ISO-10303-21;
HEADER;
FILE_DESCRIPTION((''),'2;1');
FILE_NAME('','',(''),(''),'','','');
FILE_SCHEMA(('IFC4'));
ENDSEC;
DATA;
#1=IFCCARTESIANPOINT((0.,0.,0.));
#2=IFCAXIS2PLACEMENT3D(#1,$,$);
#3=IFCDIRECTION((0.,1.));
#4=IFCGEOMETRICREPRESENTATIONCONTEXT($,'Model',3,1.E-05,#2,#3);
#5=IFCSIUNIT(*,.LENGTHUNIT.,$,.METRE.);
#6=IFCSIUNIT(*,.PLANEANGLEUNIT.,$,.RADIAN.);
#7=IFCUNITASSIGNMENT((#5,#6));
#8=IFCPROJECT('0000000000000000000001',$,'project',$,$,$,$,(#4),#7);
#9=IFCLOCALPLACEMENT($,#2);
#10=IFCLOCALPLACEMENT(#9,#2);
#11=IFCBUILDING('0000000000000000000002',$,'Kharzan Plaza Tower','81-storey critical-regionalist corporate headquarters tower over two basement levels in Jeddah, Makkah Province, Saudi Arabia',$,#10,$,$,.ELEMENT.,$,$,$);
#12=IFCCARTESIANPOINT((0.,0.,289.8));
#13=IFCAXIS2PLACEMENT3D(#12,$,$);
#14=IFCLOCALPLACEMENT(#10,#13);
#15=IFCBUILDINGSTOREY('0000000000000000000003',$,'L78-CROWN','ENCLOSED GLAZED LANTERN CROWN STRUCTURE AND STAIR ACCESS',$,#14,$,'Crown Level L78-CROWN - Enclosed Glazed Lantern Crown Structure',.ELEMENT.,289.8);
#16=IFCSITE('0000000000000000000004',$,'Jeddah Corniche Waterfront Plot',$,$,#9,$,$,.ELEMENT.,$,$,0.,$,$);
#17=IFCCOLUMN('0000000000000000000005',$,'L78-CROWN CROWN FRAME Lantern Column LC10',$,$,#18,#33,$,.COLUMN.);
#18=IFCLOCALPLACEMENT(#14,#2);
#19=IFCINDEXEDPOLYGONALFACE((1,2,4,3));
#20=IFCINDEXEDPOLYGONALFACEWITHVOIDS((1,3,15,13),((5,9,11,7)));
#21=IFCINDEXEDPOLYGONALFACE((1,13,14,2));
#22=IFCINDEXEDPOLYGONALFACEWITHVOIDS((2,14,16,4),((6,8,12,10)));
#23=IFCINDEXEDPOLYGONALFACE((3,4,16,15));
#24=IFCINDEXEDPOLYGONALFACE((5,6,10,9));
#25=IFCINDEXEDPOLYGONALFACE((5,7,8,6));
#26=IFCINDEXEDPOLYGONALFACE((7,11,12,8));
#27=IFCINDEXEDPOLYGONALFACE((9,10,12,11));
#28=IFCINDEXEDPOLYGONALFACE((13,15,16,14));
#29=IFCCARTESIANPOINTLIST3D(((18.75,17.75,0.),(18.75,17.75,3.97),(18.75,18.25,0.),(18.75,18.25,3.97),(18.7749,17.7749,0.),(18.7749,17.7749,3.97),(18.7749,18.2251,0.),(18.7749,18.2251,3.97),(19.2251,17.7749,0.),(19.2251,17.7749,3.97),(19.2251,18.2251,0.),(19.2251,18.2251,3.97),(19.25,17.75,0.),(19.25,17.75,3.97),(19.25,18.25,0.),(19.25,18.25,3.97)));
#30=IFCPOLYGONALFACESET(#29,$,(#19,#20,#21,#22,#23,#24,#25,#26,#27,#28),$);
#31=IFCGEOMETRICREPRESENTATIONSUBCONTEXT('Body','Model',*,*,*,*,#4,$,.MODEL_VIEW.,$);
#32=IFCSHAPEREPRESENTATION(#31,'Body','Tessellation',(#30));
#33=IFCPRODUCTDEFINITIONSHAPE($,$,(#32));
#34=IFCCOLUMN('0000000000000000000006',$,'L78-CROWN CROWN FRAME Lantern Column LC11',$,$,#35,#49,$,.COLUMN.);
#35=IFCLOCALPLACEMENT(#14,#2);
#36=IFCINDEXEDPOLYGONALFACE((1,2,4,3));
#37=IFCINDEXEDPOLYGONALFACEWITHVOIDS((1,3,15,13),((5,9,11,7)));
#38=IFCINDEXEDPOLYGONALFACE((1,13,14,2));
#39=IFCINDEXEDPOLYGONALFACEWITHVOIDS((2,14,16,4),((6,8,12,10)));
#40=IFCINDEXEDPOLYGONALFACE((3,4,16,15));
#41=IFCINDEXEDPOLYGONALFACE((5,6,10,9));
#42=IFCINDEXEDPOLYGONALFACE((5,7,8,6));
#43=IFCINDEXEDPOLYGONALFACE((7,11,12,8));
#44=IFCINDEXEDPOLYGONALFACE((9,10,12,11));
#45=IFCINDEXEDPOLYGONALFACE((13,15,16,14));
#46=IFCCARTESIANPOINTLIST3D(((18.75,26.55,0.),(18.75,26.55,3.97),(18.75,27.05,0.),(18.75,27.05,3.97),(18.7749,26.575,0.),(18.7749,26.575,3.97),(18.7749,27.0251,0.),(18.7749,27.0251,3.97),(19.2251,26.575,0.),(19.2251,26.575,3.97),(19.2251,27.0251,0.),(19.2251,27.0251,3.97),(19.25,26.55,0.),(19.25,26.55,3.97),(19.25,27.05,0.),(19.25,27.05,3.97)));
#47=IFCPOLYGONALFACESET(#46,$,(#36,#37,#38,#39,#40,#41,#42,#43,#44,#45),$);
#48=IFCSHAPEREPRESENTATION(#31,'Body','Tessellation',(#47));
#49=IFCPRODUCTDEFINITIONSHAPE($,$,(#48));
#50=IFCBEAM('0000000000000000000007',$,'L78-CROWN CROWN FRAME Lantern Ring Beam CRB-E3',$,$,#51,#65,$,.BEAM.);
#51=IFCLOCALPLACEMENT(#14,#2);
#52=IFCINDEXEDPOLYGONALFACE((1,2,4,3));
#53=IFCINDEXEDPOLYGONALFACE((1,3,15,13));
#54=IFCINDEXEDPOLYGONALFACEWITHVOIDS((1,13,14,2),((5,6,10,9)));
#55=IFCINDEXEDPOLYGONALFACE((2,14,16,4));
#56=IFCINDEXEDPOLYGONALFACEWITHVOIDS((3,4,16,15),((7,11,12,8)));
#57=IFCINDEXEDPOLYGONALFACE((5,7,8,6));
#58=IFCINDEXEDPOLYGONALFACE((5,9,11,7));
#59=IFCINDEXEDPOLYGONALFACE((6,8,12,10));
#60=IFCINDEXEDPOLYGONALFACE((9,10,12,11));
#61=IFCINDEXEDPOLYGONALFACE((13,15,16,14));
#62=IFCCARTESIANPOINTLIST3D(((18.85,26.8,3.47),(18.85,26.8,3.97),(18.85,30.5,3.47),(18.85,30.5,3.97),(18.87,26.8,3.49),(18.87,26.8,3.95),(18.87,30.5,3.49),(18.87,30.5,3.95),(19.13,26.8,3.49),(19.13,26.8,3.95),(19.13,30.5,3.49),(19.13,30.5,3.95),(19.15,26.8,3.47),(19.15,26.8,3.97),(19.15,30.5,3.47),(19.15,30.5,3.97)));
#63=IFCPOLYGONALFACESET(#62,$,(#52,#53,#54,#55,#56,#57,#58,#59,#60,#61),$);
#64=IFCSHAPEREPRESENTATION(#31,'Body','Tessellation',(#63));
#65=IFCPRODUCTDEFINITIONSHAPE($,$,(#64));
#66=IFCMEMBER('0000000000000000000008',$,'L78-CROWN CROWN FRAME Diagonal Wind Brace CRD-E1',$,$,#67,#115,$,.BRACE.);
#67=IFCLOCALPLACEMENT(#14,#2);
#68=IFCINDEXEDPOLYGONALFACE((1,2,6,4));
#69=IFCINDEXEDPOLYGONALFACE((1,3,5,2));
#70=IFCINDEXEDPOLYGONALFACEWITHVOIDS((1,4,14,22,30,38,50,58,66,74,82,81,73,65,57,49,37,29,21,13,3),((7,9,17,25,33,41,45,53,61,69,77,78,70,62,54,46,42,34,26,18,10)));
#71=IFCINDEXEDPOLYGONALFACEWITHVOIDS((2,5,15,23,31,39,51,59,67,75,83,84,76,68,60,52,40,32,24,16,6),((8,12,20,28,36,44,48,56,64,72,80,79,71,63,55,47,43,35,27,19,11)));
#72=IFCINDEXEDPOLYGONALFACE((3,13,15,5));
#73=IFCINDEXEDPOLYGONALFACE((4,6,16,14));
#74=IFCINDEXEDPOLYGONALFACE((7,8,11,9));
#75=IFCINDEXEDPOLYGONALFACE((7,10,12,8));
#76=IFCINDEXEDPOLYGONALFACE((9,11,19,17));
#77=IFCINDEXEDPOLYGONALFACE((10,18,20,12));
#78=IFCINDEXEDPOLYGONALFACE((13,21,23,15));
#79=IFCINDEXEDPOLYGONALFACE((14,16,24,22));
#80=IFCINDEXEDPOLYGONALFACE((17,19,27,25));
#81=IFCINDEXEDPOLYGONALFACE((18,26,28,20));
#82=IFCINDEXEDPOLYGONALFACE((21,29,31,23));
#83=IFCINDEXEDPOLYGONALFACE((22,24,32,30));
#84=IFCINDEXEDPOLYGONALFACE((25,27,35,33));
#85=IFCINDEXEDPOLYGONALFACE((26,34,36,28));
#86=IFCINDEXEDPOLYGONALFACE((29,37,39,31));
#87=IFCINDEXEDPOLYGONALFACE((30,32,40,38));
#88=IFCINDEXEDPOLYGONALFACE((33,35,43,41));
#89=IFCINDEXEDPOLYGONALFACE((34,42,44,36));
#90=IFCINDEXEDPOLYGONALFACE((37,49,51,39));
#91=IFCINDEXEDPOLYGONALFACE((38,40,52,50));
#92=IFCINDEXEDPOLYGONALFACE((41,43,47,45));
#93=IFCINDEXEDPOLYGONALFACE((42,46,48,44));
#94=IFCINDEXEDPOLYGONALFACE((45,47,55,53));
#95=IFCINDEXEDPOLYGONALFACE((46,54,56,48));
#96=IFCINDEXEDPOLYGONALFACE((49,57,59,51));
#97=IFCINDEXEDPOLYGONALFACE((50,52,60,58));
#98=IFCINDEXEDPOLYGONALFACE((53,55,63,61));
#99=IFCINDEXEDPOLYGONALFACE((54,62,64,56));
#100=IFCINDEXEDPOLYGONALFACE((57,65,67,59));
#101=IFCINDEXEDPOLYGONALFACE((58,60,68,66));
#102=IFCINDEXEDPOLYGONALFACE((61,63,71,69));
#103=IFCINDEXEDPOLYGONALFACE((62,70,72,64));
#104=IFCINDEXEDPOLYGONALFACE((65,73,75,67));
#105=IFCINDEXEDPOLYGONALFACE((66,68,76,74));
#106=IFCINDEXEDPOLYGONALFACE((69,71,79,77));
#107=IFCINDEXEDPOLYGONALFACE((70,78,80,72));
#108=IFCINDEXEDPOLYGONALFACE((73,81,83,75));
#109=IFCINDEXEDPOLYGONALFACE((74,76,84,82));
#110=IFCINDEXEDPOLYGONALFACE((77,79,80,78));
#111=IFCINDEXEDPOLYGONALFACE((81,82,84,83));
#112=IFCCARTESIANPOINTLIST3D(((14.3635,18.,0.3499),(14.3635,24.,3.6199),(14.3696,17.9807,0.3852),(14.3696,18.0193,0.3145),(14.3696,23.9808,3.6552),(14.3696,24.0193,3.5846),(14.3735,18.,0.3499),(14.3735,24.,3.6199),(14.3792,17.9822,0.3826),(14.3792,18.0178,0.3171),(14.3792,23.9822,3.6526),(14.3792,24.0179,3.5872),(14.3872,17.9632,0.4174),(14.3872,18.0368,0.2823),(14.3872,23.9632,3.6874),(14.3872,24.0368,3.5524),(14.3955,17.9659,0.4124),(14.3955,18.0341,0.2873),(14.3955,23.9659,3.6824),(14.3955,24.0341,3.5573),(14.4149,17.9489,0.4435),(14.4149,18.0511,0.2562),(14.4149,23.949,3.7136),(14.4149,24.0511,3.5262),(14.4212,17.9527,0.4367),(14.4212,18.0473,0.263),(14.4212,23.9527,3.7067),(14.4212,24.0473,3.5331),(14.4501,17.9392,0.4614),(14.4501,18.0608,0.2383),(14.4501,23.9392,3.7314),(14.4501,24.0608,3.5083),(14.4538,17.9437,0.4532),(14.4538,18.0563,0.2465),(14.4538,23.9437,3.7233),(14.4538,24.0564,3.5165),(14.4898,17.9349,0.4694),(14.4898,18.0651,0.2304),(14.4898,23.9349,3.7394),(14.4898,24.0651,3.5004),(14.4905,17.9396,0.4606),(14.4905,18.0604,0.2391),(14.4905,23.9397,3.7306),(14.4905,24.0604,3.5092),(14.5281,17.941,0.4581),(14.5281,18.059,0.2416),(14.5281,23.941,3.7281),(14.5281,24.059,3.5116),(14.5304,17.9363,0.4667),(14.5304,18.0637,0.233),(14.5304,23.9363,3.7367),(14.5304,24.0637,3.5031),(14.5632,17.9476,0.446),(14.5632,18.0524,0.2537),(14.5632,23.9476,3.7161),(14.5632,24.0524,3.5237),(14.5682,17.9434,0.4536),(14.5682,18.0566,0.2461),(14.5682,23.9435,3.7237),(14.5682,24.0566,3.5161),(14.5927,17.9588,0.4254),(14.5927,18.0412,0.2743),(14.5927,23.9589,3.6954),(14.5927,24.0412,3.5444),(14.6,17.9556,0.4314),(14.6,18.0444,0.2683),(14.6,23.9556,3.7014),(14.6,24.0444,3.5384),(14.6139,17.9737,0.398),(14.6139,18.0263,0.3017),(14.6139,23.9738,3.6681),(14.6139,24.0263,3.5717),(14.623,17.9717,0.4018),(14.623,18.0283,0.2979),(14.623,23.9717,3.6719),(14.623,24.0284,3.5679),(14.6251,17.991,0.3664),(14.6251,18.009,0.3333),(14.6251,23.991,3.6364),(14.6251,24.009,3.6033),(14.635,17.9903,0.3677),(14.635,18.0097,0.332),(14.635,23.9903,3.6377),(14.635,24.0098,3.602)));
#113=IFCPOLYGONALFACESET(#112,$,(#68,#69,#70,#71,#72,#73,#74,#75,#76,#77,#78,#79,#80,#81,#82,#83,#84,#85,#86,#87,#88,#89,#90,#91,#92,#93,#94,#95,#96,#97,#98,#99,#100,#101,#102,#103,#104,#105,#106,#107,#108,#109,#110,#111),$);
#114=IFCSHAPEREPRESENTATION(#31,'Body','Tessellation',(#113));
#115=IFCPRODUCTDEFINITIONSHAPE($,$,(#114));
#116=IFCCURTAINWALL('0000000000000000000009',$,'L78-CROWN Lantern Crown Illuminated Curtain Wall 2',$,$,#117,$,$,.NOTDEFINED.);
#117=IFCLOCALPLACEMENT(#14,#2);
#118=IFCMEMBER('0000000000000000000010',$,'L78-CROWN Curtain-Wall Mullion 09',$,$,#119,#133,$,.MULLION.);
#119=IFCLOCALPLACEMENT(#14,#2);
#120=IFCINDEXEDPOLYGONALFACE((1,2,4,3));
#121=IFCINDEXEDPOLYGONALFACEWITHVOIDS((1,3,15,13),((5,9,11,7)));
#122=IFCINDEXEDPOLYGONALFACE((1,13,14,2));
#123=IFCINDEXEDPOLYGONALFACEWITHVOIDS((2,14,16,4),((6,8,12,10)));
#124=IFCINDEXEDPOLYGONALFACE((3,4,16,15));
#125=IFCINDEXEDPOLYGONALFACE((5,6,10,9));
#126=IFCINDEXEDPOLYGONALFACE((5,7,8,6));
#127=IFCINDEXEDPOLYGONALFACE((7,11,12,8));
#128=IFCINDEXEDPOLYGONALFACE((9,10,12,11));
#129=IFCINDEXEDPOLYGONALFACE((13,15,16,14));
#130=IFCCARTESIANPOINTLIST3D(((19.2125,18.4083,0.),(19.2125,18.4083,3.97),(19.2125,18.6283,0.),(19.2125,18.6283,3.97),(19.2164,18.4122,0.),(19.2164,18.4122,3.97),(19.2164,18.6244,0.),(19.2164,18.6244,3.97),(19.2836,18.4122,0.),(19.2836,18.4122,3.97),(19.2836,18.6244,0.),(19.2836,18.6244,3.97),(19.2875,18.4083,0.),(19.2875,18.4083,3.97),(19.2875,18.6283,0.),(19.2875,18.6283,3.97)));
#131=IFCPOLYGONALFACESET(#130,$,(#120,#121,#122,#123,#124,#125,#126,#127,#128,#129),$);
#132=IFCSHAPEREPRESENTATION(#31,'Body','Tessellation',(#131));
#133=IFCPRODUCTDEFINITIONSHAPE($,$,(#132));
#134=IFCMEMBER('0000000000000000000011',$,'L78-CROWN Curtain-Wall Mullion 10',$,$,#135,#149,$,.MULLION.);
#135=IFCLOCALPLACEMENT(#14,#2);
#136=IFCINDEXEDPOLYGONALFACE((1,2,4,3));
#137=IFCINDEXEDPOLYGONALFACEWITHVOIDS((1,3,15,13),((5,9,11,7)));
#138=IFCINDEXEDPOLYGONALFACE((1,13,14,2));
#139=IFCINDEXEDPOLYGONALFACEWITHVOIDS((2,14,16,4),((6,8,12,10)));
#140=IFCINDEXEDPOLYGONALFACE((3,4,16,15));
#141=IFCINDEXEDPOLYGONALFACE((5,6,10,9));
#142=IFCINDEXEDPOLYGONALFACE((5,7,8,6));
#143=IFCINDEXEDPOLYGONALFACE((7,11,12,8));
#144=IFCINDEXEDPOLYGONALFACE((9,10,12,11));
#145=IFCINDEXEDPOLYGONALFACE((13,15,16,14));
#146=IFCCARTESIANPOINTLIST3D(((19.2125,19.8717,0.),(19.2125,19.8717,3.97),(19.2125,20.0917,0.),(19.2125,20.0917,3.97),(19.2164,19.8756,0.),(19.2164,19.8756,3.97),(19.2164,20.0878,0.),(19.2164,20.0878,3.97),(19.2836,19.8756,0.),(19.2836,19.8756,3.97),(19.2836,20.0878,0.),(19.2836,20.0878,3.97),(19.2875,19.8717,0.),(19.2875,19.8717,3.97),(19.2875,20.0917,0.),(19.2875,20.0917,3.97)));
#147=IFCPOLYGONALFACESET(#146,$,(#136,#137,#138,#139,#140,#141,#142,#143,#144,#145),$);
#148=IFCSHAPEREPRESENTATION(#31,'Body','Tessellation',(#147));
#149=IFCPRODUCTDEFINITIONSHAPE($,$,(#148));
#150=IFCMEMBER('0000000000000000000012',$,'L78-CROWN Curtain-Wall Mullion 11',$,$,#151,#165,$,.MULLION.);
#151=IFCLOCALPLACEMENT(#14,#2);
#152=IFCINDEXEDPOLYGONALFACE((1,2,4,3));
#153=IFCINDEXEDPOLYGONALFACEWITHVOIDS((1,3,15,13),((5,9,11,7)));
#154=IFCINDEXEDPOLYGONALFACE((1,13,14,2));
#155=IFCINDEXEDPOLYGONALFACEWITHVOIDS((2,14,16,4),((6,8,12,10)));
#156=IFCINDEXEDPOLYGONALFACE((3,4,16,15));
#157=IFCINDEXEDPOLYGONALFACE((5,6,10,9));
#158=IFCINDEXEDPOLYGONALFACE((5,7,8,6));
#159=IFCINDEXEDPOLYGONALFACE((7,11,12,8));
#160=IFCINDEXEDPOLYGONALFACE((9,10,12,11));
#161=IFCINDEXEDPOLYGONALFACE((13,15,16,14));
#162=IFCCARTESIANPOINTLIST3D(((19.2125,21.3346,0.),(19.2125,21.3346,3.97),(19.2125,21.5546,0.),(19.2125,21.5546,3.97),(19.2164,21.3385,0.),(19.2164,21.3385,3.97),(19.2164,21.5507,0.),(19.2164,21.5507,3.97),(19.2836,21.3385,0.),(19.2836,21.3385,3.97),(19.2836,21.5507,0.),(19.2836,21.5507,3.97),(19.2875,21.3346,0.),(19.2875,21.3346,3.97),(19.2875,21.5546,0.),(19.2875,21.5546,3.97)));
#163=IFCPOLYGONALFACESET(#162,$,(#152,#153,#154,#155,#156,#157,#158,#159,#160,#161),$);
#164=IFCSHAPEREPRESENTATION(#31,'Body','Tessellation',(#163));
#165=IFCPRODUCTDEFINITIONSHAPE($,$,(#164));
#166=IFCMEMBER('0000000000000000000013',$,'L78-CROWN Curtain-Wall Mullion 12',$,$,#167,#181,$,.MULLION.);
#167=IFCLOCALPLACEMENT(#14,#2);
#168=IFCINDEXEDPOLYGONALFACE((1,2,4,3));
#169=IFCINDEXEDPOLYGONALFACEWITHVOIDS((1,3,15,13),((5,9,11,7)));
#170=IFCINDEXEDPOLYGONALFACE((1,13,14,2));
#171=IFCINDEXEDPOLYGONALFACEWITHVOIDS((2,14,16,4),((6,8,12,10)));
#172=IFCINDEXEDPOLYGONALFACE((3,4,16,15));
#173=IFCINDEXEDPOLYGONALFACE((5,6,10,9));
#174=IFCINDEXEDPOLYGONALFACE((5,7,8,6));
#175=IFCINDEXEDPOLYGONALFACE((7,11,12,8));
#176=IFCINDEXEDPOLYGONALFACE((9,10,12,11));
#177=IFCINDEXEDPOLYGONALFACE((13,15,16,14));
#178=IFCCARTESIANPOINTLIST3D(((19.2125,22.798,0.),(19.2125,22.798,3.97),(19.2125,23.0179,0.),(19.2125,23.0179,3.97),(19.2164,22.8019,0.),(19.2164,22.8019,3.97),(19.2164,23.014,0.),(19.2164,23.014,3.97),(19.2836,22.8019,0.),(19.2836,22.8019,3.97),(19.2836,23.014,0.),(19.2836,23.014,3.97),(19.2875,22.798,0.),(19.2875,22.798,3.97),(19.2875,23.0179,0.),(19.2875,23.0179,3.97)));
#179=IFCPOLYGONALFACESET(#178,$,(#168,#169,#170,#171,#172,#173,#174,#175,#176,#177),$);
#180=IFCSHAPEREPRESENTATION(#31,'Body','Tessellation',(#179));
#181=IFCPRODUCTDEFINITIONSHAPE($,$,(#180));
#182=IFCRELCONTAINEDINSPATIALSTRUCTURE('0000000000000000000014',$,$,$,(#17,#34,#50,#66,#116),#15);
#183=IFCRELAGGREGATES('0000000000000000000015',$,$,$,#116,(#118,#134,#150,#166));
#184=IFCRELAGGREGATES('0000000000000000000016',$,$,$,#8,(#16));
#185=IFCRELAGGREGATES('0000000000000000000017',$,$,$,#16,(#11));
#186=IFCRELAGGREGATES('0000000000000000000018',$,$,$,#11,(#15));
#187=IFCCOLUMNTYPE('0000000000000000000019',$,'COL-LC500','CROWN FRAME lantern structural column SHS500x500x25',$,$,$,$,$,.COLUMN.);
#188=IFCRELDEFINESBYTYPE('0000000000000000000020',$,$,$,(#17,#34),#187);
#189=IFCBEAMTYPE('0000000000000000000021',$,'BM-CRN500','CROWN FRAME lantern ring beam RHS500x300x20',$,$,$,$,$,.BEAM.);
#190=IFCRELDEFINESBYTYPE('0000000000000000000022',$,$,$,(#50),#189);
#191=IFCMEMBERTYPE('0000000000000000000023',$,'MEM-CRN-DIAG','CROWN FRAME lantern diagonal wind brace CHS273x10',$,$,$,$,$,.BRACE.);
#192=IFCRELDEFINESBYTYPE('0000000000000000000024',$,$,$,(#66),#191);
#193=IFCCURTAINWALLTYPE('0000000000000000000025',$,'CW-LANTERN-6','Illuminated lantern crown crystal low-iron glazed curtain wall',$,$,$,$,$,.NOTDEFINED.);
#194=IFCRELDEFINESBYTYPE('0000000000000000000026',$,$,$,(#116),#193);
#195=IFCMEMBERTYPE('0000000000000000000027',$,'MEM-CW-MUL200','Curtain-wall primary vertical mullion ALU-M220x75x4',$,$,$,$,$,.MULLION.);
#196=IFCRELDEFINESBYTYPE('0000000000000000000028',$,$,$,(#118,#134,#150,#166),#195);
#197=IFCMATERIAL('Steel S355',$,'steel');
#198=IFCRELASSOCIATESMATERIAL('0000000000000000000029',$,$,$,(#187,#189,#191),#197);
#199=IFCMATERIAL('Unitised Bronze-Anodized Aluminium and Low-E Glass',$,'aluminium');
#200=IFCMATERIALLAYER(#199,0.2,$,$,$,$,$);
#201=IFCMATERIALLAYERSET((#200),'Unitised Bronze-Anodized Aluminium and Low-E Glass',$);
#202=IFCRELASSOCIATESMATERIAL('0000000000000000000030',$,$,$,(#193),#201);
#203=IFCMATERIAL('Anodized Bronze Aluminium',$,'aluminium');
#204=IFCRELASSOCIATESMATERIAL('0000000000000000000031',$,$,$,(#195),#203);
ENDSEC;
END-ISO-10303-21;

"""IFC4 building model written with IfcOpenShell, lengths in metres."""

from ifc_helpers import new_model, si_unit, direction, frame, origin, origin_2d, place, context, subcontext, project, spatial, hollow_rectangle, hollow_circle, extrude, source, transform, mapped, material, layer, layer_set, material_profile, profile_set, type_object, element, aggregate, save


model = new_model("IFC4")

# Units and contexts
model_context = context("Model", 3, precision=1e-05, world=origin(), true_north=direction((0.0, 1.0)))
body_context = subcontext(model_context, "Body", "Model", "MODEL_VIEW")
ifc_project = project(units=[si_unit("LENGTHUNIT", "METRE"), si_unit("PLANEANGLEUNIT", "RADIAN")], contexts=[model_context])

# Site, building, storey
site_placement = place(None, origin())
site = spatial("IfcSite", under=ifc_project, at=site_placement, Name="Jeddah Corniche Waterfront Plot", CompositionType="ELEMENT", RefElevation=0.0)
building_placement = place(site_placement, origin())
building = spatial("IfcBuilding", under=site, at=building_placement, Name="Kharzan Plaza Tower", Description="81-storey critical-regionalist corporate headquarters tower over two basement levels in Jeddah, Makkah Province, Saudi Arabia", CompositionType="ELEMENT")
storey_placement = place(building_placement, frame((0.0, 0.0, 289.8)))
storey = spatial("IfcBuildingStorey", under=building, at=storey_placement, Name="L78-CROWN", Description="ENCLOSED GLAZED LANTERN CROWN STRUCTURE AND STAIR ACCESS", LongName="Crown Level L78-CROWN - Enclosed Glazed Lantern Crown Structure", CompositionType="ELEMENT", Elevation=289.8)

# Columns
ifc_material_1 = material(Name="Steel S355", Category="steel")
ifc_material_profile_1 = material_profile(ifc_material_1, hollow_rectangle(XDim=0.5, YDim=0.5, WallThickness=0.0249, at=origin_2d()), Name="SHS500x500x25")
ifc_profile_set_1 = profile_set([ifc_material_profile_1], Name="Steel S355")
column_type = type_object("IfcColumnType", Name="COL-LC500", Description="CROWN FRAME lantern structural column SHS500x500x25", PredefinedType="COLUMN", material=ifc_profile_set_1)
shared_shape_1 = source(origin(), body_context, "Body", "SweptSolid", [
    extrude(hollow_rectangle(XDim=0.5, YDim=0.5, WallThickness=0.0249, at=origin_2d()), origin(), (0.0, 0.0, 1.0), 3.97),
])
for number, where, z_axis, x_axis, name in (
    (1, (19.0, 18.0, 0.0), (0.0, 0.0, 1.0), (1.0, 0.0, 0.0), "L78-CROWN CROWN FRAME Lantern Column LC10"),
    (2, (19.0, 26.8, 0.0), (0.0, 0.0, 1.0), (1.0, 0.0, 0.0), "L78-CROWN CROWN FRAME Lantern Column LC11"),
):
    element("IfcColumn", number, at=place(storey_placement, frame(where, z_axis=z_axis, x_axis=x_axis)), inside=storey, type_object=column_type, Name=name, PredefinedType="COLUMN", context=body_context, shape_type="MappedRepresentation", body=[
        mapped(shared_shape_1, transform((0.0, 0.0, 0.0), x_axis=(1.0, 0.0, 0.0), y_axis=(0.0, 1.0, 0.0), z_axis=(0.0, 0.0, 1.0))),
    ])

# Beam
ifc_material_profile_2 = material_profile(ifc_material_1, hollow_rectangle(XDim=0.3, YDim=0.5, WallThickness=0.02, at=origin_2d()), Name="RHS500x300x20")
ifc_profile_set_2 = profile_set([ifc_material_profile_2], Name="Steel S355")
beam_type = type_object("IfcBeamType", Name="BM-CRN500", Description="CROWN FRAME lantern ring beam RHS500x300x20", PredefinedType="BEAM", material=ifc_profile_set_2)
shared_shape_2 = source(origin(), body_context, "Body", "SweptSolid", [
    extrude(hollow_rectangle(XDim=0.3, YDim=0.5, WallThickness=0.02, at=origin_2d()), origin(), (0.0, 0.0, 1.0), 3.7),
])
beam_placement = place(storey_placement, frame((19.0, 26.8, 3.72), z_axis=(0.0, 1.0, 0.0), x_axis=(-1.0, 0.0, 0.0)))
element("IfcBeam", 3, at=beam_placement, inside=storey, type_object=beam_type, Name="L78-CROWN CROWN FRAME Lantern Ring Beam CRB-E3", PredefinedType="BEAM", context=body_context, shape_type="MappedRepresentation", body=[
    mapped(shared_shape_2, transform((0.0, 0.0, 0.0), x_axis=(1.0, 0.0, 0.0), y_axis=(0.0, 1.0, 0.0), z_axis=(0.0, 0.0, 1.0))),
])

# Member
ifc_material_profile_3 = material_profile(ifc_material_1, hollow_circle(Radius=0.1365, WallThickness=0.01, at=origin_2d()), Name="CHS273x10")
ifc_profile_set_3 = profile_set([ifc_material_profile_3], Name="Steel S355")
member_type_1 = type_object("IfcMemberType", Name="MEM-CRN-DIAG", Description="CROWN FRAME lantern diagonal wind brace CHS273x10", PredefinedType="BRACE", material=ifc_profile_set_3)
shared_shape_3 = source(origin(), body_context, "Body", "SweptSolid", [
    extrude(hollow_circle(Radius=0.1365, WallThickness=0.01, at=origin_2d()), origin(), (0.0, 0.0, 1.0), 6.8333),
])
member_1_placement = place(storey_placement, frame((14.5, 18.0, 0.3499), z_axis=(0.0, 0.878062, 0.478547), x_axis=(-1.0, 0.0, 0.0)))
element("IfcMember", 4, at=member_1_placement, inside=storey, type_object=member_type_1, Name="L78-CROWN CROWN FRAME Diagonal Wind Brace CRD-E1", PredefinedType="BRACE", context=body_context, shape_type="MappedRepresentation", body=[
    mapped(shared_shape_3, transform((0.0, 0.0, 0.0), x_axis=(1.0, 0.0, 0.0), y_axis=(0.0, 1.0, 0.0), z_axis=(0.0, 0.0, 1.0))),
])

# Curtain wall, members
ifc_material_2 = material(Name="Unitised Bronze-Anodized Aluminium and Low-E Glass", Category="aluminium")
ifc_layer_1 = layer(ifc_material_2, 0.2)
ifc_layer_set_1 = layer_set([ifc_layer_1], Name="Unitised Bronze-Anodized Aluminium and Low-E Glass")
curtain_wall_type = type_object("IfcCurtainWallType", Name="CW-LANTERN-6", Description="Illuminated lantern crown crystal low-iron glazed curtain wall", PredefinedType="NOTDEFINED", material=ifc_layer_set_1)
curtain_wall_placement = place(storey_placement, origin())
curtain_wall = element("IfcCurtainWall", 5, at=curtain_wall_placement, inside=storey, type_object=curtain_wall_type, Name="L78-CROWN Lantern Crown Illuminated Curtain Wall 2", PredefinedType="NOTDEFINED")
ifc_material_3 = material(Name="Anodized Bronze Aluminium", Category="aluminium")
ifc_material_profile_4 = material_profile(ifc_material_3, hollow_rectangle(XDim=0.075, YDim=0.22, WallThickness=0.0039, at=origin_2d()), Name="ALU-M220x75x4")
ifc_profile_set_4 = profile_set([ifc_material_profile_4], Name="Anodized Bronze Aluminium")
member_type_2 = type_object("IfcMemberType", Name="MEM-CW-MUL200", Description="Curtain-wall primary vertical mullion ALU-M220x75x4", PredefinedType="MULLION", material=ifc_profile_set_4)
shared_shape_4 = source(origin(), body_context, "Body", "SweptSolid", [
    extrude(hollow_rectangle(XDim=0.075, YDim=0.22, WallThickness=0.0039, at=origin_2d()), origin(), (0.0, 0.0, 1.0), 3.97),
])
member_2_placement = place(storey_placement, frame((19.25, 18.5183, 0.0), z_axis=(0.0, 0.0, 1.0), x_axis=(1.0, 0.0, 0.0)))
member_2 = element("IfcMember", 6, at=member_2_placement, type_object=member_type_2, Name="L78-CROWN Curtain-Wall Mullion 09", PredefinedType="MULLION", context=body_context, shape_type="MappedRepresentation", body=[
    mapped(shared_shape_4, transform((0.0, 0.0, 0.0), x_axis=(1.0, 0.0, 0.0), y_axis=(0.0, 1.0, 0.0), z_axis=(0.0, 0.0, 1.0))),
])
member_3_placement = place(storey_placement, frame((19.25, 19.9817, 0.0), z_axis=(0.0, 0.0, 1.0), x_axis=(1.0, 0.0, 0.0)))
member_3 = element("IfcMember", 7, at=member_3_placement, type_object=member_type_2, Name="L78-CROWN Curtain-Wall Mullion 10", PredefinedType="MULLION", context=body_context, shape_type="MappedRepresentation", body=[
    mapped(shared_shape_4, transform((0.0, 0.0, 0.0), x_axis=(1.0, 0.0, 0.0), y_axis=(0.0, 1.0, 0.0), z_axis=(0.0, 0.0, 1.0))),
])
member_4_placement = place(storey_placement, frame((19.25, 21.4446, 0.0), z_axis=(0.0, 0.0, 1.0), x_axis=(1.0, 0.0, 0.0)))
member_4 = element("IfcMember", 8, at=member_4_placement, type_object=member_type_2, Name="L78-CROWN Curtain-Wall Mullion 11", PredefinedType="MULLION", context=body_context, shape_type="MappedRepresentation", body=[
    mapped(shared_shape_4, transform((0.0, 0.0, 0.0), x_axis=(1.0, 0.0, 0.0), y_axis=(0.0, 1.0, 0.0), z_axis=(0.0, 0.0, 1.0))),
])
member_5_placement = place(storey_placement, frame((19.25, 22.908, 0.0), z_axis=(0.0, 0.0, 1.0), x_axis=(1.0, 0.0, 0.0)))
member_5 = element("IfcMember", 9, at=member_5_placement, type_object=member_type_2, Name="L78-CROWN Curtain-Wall Mullion 12", PredefinedType="MULLION", context=body_context, shape_type="MappedRepresentation", body=[
    mapped(shared_shape_4, transform((0.0, 0.0, 0.0), x_axis=(1.0, 0.0, 0.0), y_axis=(0.0, 1.0, 0.0), z_axis=(0.0, 0.0, 1.0))),
])

aggregate(curtain_wall, [member_2, member_3, member_4, member_5])

save(model, "model.ifc")
